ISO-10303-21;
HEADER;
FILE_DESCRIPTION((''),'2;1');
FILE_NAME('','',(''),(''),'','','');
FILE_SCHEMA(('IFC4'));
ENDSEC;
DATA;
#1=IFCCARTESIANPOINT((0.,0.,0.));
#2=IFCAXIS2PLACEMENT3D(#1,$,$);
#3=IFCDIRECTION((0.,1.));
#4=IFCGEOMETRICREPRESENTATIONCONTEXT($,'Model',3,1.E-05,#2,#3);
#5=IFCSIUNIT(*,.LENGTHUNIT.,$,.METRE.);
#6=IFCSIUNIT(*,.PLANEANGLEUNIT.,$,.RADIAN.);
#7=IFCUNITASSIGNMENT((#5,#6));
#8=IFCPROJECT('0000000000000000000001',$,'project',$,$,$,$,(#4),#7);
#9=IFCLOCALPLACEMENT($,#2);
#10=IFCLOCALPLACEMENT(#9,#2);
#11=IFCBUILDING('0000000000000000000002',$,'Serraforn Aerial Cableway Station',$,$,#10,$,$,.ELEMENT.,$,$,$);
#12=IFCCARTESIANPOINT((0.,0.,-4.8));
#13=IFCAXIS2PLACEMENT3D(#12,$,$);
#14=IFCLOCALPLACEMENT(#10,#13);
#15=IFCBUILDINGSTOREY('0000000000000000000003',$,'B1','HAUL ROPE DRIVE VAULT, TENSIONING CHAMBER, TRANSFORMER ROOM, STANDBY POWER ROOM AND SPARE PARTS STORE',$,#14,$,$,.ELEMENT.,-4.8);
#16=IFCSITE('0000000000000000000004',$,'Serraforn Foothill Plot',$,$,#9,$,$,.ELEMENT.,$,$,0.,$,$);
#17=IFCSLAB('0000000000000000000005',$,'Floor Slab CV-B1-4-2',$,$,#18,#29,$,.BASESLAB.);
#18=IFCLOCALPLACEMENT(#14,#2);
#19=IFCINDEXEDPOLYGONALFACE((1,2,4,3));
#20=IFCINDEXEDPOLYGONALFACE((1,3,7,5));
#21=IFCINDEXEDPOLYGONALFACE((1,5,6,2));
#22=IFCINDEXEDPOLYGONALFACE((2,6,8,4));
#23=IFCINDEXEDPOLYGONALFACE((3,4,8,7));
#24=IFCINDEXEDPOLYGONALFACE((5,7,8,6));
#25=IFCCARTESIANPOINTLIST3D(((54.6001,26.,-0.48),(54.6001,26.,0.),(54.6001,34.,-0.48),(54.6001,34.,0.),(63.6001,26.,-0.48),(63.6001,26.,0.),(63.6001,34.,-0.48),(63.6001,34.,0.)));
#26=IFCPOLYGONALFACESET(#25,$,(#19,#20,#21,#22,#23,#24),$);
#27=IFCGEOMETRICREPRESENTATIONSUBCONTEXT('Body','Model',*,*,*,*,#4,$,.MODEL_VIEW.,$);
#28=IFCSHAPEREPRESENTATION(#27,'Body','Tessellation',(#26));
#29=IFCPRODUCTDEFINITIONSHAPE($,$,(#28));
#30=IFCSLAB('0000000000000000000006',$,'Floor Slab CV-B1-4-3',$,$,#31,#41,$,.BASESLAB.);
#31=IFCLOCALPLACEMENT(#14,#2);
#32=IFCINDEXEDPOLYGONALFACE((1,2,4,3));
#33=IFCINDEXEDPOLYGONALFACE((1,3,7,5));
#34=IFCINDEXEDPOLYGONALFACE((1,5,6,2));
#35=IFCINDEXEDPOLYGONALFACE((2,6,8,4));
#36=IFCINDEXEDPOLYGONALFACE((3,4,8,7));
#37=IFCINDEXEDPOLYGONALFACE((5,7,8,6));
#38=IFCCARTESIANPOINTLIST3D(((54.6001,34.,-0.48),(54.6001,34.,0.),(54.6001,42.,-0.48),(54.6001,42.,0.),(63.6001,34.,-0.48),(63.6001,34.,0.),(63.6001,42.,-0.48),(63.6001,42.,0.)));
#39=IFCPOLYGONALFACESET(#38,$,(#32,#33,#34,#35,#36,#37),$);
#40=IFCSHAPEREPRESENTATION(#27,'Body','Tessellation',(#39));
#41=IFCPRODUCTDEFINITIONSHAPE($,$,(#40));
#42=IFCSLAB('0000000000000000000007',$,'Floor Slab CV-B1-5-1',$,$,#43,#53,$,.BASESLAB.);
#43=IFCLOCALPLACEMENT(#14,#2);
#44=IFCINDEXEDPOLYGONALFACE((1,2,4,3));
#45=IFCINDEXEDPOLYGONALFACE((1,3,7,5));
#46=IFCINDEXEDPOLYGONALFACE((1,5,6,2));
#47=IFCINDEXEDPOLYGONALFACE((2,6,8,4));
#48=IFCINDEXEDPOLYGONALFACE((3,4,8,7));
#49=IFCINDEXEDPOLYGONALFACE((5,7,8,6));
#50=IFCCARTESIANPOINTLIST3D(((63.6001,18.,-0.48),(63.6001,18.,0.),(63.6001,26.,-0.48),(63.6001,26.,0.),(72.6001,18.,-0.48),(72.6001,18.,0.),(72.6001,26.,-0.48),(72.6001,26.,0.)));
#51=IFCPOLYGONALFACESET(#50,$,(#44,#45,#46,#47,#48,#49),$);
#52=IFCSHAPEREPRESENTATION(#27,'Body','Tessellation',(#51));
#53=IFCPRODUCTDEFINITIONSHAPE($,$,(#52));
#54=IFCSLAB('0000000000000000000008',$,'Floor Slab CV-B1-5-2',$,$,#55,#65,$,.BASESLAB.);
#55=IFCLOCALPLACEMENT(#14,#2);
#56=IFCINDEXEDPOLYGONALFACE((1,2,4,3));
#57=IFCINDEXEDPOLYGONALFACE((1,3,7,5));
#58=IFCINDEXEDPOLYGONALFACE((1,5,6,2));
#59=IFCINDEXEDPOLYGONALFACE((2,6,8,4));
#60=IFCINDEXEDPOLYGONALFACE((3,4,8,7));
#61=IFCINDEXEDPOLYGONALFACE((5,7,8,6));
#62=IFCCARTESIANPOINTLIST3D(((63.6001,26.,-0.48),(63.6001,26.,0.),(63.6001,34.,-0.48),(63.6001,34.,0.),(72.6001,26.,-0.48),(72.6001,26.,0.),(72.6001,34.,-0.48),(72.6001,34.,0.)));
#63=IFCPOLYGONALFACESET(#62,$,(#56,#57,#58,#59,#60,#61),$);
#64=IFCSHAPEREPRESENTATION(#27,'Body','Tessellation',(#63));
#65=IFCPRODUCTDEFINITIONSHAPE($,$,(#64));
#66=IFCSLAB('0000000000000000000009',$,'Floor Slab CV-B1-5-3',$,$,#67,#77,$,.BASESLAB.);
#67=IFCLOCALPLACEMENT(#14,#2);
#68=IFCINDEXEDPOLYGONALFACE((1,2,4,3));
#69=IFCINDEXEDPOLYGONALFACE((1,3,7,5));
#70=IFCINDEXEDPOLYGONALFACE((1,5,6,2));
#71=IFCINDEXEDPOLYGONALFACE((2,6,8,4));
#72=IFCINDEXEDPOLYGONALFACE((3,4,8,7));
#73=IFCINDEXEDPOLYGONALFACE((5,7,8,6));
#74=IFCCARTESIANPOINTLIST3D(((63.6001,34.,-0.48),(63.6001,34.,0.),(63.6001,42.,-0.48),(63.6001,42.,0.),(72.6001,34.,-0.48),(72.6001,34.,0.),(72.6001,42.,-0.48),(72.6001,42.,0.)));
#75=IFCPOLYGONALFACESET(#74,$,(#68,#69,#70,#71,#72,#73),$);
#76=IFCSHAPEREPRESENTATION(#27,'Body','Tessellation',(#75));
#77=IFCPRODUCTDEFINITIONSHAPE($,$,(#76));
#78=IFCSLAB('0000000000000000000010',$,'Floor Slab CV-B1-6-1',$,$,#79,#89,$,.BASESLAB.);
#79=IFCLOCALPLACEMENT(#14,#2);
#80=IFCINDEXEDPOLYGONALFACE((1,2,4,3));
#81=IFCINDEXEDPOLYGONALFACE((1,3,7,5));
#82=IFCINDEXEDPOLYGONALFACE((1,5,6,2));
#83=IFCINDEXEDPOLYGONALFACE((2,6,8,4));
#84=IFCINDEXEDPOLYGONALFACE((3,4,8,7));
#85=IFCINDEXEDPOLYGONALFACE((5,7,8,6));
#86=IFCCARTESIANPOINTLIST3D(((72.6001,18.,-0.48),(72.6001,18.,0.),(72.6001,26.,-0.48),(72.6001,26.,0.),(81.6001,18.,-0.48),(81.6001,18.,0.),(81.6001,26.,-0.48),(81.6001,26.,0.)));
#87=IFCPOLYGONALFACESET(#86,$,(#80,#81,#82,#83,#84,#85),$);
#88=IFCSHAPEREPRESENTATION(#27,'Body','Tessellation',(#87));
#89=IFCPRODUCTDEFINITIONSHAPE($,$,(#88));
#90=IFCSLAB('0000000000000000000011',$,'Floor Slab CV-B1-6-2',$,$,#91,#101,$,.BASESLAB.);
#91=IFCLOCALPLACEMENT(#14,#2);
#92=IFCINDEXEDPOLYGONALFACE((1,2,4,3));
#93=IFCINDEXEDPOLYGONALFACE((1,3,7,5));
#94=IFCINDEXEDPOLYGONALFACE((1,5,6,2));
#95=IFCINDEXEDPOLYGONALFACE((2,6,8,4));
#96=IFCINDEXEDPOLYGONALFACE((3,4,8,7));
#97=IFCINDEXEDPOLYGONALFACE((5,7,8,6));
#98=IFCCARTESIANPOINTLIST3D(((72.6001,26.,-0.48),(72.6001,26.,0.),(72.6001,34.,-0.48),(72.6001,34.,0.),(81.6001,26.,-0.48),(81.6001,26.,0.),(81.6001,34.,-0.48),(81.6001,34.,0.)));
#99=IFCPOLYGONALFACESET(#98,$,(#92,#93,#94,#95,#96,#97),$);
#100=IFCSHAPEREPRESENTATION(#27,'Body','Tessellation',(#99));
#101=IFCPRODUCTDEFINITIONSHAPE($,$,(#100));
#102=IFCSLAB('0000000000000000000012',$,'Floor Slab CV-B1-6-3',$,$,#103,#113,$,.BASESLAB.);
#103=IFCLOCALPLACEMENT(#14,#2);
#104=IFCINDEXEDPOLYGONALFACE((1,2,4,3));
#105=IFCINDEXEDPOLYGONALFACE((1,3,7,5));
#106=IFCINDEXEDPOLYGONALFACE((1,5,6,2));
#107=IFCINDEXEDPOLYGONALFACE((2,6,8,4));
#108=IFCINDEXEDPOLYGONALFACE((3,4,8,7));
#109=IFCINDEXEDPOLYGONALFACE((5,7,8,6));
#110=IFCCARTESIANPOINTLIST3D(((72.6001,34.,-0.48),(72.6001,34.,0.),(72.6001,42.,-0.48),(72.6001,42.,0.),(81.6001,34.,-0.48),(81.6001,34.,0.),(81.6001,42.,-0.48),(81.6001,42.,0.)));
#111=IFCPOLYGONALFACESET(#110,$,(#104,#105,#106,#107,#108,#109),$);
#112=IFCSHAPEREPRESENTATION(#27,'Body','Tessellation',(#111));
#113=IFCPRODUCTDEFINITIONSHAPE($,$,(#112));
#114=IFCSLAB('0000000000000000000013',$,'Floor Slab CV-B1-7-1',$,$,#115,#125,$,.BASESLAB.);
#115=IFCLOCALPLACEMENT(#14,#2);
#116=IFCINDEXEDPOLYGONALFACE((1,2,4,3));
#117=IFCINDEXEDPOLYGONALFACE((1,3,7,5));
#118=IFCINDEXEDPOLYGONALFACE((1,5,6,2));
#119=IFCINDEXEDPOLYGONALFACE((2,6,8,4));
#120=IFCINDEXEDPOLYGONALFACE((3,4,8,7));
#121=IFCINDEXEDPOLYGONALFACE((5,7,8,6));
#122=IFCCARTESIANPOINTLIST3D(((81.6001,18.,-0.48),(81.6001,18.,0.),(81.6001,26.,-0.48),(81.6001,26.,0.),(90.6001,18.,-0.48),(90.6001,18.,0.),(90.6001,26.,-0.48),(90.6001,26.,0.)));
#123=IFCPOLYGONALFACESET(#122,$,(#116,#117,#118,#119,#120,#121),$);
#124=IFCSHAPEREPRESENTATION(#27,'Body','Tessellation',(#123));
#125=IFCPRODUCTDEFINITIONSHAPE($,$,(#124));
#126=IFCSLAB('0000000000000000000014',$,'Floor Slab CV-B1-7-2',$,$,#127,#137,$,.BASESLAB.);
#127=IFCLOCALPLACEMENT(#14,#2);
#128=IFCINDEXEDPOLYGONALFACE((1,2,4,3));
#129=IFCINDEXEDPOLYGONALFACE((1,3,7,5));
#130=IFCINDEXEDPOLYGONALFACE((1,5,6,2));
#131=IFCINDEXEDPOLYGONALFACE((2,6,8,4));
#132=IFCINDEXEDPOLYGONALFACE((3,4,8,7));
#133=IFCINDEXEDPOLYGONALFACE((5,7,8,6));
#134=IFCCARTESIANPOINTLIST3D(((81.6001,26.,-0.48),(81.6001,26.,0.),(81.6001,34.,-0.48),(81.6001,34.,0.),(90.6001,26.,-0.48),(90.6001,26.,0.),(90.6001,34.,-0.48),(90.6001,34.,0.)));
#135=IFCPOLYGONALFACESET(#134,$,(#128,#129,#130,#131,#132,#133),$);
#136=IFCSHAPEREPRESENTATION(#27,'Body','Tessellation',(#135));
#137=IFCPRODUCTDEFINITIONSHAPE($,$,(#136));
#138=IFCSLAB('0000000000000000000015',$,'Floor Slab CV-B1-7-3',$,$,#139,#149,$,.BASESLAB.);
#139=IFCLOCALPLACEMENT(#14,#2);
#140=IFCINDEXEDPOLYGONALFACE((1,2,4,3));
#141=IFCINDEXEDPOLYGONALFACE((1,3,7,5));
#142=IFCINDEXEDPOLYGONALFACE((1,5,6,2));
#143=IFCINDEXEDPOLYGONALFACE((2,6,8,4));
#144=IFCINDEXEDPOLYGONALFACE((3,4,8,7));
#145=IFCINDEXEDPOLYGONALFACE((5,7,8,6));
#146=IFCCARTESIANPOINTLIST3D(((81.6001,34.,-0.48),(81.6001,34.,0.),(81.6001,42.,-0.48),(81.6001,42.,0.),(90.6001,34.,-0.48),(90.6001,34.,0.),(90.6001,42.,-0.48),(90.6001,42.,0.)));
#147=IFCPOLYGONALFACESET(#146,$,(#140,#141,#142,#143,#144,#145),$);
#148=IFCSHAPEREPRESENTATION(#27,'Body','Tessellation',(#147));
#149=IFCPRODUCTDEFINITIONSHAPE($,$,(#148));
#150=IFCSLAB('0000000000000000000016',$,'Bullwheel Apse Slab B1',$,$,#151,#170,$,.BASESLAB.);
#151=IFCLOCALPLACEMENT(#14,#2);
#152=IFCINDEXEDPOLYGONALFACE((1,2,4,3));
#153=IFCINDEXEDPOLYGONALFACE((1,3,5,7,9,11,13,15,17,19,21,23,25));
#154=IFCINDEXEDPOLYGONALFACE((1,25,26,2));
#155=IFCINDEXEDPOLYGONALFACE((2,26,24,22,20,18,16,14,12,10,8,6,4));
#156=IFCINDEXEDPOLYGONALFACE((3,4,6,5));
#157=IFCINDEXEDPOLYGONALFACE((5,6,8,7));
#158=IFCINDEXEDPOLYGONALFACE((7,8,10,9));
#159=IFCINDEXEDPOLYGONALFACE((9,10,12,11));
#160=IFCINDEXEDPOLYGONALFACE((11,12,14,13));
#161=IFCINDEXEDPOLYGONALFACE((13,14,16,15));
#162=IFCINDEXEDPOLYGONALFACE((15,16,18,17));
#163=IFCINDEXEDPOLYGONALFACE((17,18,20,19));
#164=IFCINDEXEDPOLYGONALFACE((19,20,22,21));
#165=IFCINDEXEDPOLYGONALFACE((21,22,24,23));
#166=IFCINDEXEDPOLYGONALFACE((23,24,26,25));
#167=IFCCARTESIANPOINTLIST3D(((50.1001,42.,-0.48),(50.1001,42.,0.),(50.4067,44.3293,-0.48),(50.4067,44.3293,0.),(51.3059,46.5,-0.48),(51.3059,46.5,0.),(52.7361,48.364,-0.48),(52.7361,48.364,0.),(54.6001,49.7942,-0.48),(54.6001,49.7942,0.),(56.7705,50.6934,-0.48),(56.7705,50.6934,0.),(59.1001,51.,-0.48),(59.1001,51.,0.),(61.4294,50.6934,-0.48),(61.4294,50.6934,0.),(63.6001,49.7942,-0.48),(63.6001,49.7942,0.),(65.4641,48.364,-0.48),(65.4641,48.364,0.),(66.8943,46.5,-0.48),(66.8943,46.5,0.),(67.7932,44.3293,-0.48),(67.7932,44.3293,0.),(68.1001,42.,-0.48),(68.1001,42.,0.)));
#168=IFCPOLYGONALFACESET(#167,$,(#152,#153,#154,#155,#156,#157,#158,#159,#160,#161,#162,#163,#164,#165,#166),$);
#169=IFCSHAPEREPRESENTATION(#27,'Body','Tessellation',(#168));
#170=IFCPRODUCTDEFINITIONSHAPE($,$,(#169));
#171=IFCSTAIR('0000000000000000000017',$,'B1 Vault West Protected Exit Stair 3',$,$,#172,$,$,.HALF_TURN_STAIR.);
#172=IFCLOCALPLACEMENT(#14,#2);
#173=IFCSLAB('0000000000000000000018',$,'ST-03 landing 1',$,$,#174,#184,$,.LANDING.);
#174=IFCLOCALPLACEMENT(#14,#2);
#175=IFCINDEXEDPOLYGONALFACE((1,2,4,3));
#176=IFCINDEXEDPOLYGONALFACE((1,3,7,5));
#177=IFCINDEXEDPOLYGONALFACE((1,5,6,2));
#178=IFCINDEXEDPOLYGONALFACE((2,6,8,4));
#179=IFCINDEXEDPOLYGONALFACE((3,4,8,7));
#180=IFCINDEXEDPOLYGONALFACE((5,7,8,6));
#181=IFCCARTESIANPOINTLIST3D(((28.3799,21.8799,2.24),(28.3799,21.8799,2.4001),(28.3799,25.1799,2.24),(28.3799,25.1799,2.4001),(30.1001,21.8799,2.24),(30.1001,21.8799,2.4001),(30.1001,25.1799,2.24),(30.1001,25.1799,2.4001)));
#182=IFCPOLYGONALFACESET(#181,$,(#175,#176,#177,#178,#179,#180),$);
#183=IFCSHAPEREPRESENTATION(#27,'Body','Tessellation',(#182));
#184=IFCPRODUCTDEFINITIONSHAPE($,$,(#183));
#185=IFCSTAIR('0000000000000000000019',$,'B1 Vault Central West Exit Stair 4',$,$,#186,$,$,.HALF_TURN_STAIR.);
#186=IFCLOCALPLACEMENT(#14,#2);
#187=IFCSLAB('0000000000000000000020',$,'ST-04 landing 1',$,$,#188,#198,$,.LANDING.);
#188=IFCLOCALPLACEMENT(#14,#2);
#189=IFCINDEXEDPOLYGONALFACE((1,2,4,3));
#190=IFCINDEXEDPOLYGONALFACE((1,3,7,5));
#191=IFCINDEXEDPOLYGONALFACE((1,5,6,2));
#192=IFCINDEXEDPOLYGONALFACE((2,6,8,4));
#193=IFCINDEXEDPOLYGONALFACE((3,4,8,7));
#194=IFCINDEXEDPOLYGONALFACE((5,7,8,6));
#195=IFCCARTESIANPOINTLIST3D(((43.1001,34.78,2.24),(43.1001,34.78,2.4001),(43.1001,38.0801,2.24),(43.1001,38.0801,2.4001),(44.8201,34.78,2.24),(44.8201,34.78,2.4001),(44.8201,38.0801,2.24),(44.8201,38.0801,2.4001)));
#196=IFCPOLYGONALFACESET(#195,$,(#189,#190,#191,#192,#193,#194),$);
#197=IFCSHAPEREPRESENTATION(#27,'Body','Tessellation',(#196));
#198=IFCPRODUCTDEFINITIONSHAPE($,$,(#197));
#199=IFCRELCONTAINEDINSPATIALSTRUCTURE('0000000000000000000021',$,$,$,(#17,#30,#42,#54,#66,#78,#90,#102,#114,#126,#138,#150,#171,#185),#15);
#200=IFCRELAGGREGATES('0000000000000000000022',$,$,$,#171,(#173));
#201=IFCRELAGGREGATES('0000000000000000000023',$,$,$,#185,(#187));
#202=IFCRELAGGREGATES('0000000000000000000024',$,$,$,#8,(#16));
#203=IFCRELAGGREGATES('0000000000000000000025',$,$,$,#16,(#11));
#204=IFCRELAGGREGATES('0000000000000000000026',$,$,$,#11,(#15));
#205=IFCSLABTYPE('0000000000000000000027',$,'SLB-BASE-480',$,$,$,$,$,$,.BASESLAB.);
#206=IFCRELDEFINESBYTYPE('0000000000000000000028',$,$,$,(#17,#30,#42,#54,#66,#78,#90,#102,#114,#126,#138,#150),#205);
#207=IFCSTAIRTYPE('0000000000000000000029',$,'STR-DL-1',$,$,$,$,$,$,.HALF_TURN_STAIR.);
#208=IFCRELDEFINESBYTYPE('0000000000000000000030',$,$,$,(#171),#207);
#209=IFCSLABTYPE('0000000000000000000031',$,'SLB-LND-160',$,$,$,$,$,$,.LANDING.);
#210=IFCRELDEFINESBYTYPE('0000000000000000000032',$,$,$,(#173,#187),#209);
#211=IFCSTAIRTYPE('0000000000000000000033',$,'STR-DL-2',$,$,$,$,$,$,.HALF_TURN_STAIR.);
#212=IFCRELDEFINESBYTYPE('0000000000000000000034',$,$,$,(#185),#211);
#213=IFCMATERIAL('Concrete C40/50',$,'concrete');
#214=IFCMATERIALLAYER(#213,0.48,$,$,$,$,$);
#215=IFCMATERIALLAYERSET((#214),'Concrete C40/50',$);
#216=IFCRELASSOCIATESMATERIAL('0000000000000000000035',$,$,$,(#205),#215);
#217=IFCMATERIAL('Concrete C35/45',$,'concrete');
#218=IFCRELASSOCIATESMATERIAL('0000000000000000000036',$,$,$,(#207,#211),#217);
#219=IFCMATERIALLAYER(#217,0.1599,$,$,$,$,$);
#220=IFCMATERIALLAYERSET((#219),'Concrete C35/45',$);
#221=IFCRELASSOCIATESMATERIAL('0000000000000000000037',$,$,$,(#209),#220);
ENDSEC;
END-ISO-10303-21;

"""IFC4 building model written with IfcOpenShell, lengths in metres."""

from ifc_helpers import new_model, si_unit, direction, frame, origin, place, context, subcontext, project, spatial, polyline, outline, extrude, material, layer, layer_set, type_object, element, aggregate, save


model = new_model("IFC4")

# Units and contexts
model_context = context("Model", 3, precision=1e-05, world=origin(), true_north=direction((0.0, 1.0)))
body_context = subcontext(model_context, "Body", "Model", "MODEL_VIEW")
ifc_project = project(units=[si_unit("LENGTHUNIT", "METRE"), si_unit("PLANEANGLEUNIT", "RADIAN")], contexts=[model_context])

# Site, building, storey
site_placement = place(None, origin())
site = spatial("IfcSite", under=ifc_project, at=site_placement, Name="Serraforn Foothill Plot", CompositionType="ELEMENT", RefElevation=0.0)
building_placement = place(site_placement, origin())
building = spatial("IfcBuilding", under=site, at=building_placement, Name="Serraforn Aerial Cableway Station", CompositionType="ELEMENT")
storey_placement = place(building_placement, frame((0.0, 0.0, -4.8)))
storey = spatial("IfcBuildingStorey", under=building, at=storey_placement, Name="B1", Description="HAUL ROPE DRIVE VAULT, TENSIONING CHAMBER, TRANSFORMER ROOM, STANDBY POWER ROOM AND SPARE PARTS STORE", CompositionType="ELEMENT", Elevation=-4.8)

# Slabs
ifc_material_1 = material(Name="Concrete C40/50", Category="concrete")
ifc_layer_1 = layer(ifc_material_1, 0.48)
ifc_layer_set_1 = layer_set([ifc_layer_1], Name="Concrete C40/50")
slab_type_1 = type_object("IfcSlabType", Name="SLB-BASE-480", PredefinedType="BASESLAB", material=ifc_layer_set_1)
slab_1_placement = place(storey_placement, frame((0.0, 0.0, -0.48)))
element("IfcSlab", 1, at=slab_1_placement, inside=storey, type_object=slab_type_1, Name="Floor Slab CV-B1-4-2", PredefinedType="BASESLAB", context=body_context, shape_type="SweptSolid", body=[
    extrude(outline(polyline([(54.6001, 26.0), (63.6001, 26.0), (63.6001, 34.0), (54.6001, 34.0), (54.6001, 26.0)])), origin(), (0.0, 0.0, 1.0), 0.48),
])
slab_2_placement = place(storey_placement, frame((0.0, 0.0, -0.48)))
element("IfcSlab", 2, at=slab_2_placement, inside=storey, type_object=slab_type_1, Name="Floor Slab CV-B1-4-3", PredefinedType="BASESLAB", context=body_context, shape_type="SweptSolid", body=[
    extrude(outline(polyline([(54.6001, 34.0), (63.6001, 34.0), (63.6001, 42.0), (54.6001, 42.0), (54.6001, 34.0)])), origin(), (0.0, 0.0, 1.0), 0.48),
])
slab_3_placement = place(storey_placement, frame((0.0, 0.0, -0.48)))
element("IfcSlab", 3, at=slab_3_placement, inside=storey, type_object=slab_type_1, Name="Floor Slab CV-B1-5-1", PredefinedType="BASESLAB", context=body_context, shape_type="SweptSolid", body=[
    extrude(outline(polyline([(63.6001, 18.0), (72.6001, 18.0), (72.6001, 26.0), (63.6001, 26.0), (63.6001, 18.0)])), origin(), (0.0, 0.0, 1.0), 0.48),
])
slab_4_placement = place(storey_placement, frame((0.0, 0.0, -0.48)))
element("IfcSlab", 4, at=slab_4_placement, inside=storey, type_object=slab_type_1, Name="Floor Slab CV-B1-5-2", PredefinedType="BASESLAB", context=body_context, shape_type="SweptSolid", body=[
    extrude(outline(polyline([(63.6001, 26.0), (72.6001, 26.0), (72.6001, 34.0), (63.6001, 34.0), (63.6001, 26.0)])), origin(), (0.0, 0.0, 1.0), 0.48),
])
slab_5_placement = place(storey_placement, frame((0.0, 0.0, -0.48)))
element("IfcSlab", 5, at=slab_5_placement, inside=storey, type_object=slab_type_1, Name="Floor Slab CV-B1-5-3", PredefinedType="BASESLAB", context=body_context, shape_type="SweptSolid", body=[
    extrude(outline(polyline([(63.6001, 34.0), (72.6001, 34.0), (72.6001, 42.0), (63.6001, 42.0), (63.6001, 34.0)])), origin(), (0.0, 0.0, 1.0), 0.48),
])
slab_6_placement = place(storey_placement, frame((0.0, 0.0, -0.48)))
element("IfcSlab", 6, at=slab_6_placement, inside=storey, type_object=slab_type_1, Name="Floor Slab CV-B1-6-1", PredefinedType="BASESLAB", context=body_context, shape_type="SweptSolid", body=[
    extrude(outline(polyline([(72.6001, 18.0), (81.6001, 18.0), (81.6001, 26.0), (72.6001, 26.0), (72.6001, 18.0)])), origin(), (0.0, 0.0, 1.0), 0.48),
])
slab_7_placement = place(storey_placement, frame((0.0, 0.0, -0.48)))
element("IfcSlab", 7, at=slab_7_placement, inside=storey, type_object=slab_type_1, Name="Floor Slab CV-B1-6-2", PredefinedType="BASESLAB", context=body_context, shape_type="SweptSolid", body=[
    extrude(outline(polyline([(72.6001, 26.0), (81.6001, 26.0), (81.6001, 34.0), (72.6001, 34.0), (72.6001, 26.0)])), origin(), (0.0, 0.0, 1.0), 0.48),
])
slab_8_placement = place(storey_placement, frame((0.0, 0.0, -0.48)))
element("IfcSlab", 8, at=slab_8_placement, inside=storey, type_object=slab_type_1, Name="Floor Slab CV-B1-6-3", PredefinedType="BASESLAB", context=body_context, shape_type="SweptSolid", body=[
    extrude(outline(polyline([(72.6001, 34.0), (81.6001, 34.0), (81.6001, 42.0), (72.6001, 42.0), (72.6001, 34.0)])), origin(), (0.0, 0.0, 1.0), 0.48),
])
slab_9_placement = place(storey_placement, frame((0.0, 0.0, -0.48)))
element("IfcSlab", 9, at=slab_9_placement, inside=storey, type_object=slab_type_1, Name="Floor Slab CV-B1-7-1", PredefinedType="BASESLAB", context=body_context, shape_type="SweptSolid", body=[
    extrude(outline(polyline([(81.6001, 18.0), (90.6001, 18.0), (90.6001, 26.0), (81.6001, 26.0), (81.6001, 18.0)])), origin(), (0.0, 0.0, 1.0), 0.48),
])
slab_10_placement = place(storey_placement, frame((0.0, 0.0, -0.48)))
element("IfcSlab", 10, at=slab_10_placement, inside=storey, type_object=slab_type_1, Name="Floor Slab CV-B1-7-2", PredefinedType="BASESLAB", context=body_context, shape_type="SweptSolid", body=[
    extrude(outline(polyline([(81.6001, 26.0), (90.6001, 26.0), (90.6001, 34.0), (81.6001, 34.0), (81.6001, 26.0)])), origin(), (0.0, 0.0, 1.0), 0.48),
])
slab_11_placement = place(storey_placement, frame((0.0, 0.0, -0.48)))
element("IfcSlab", 11, at=slab_11_placement, inside=storey, type_object=slab_type_1, Name="Floor Slab CV-B1-7-3", PredefinedType="BASESLAB", context=body_context, shape_type="SweptSolid", body=[
    extrude(outline(polyline([(81.6001, 34.0), (90.6001, 34.0), (90.6001, 42.0), (81.6001, 42.0), (81.6001, 34.0)])), origin(), (0.0, 0.0, 1.0), 0.48),
])
slab_12_placement = place(storey_placement, frame((0.0, 0.0, -0.48)))
element("IfcSlab", 12, at=slab_12_placement, inside=storey, type_object=slab_type_1, Name="Bullwheel Apse Slab B1", PredefinedType="BASESLAB", context=body_context, shape_type="SweptSolid", body=[
    extrude(outline(polyline([(50.1001, 42.0), (50.1001, 42.0), (50.4067, 44.3293), (51.3059, 46.5), (52.7361, 48.364), (54.6001, 49.7942), (56.7705, 50.6934), (59.1001, 51.0), (61.4294, 50.6934), (63.6001, 49.7942), (65.4641, 48.364), (66.8943, 46.5), (67.7932, 44.3293), (68.1001, 42.0), (68.1001, 42.0), (50.1001, 42.0)])), origin(), (0.0, 0.0, 1.0), 0.48),
])

# Stairs, slabs
ifc_material_2 = material(Name="Concrete C35/45", Category="concrete")
stair_type_1 = type_object("IfcStairType", Name="STR-DL-1", PredefinedType="HALF_TURN_STAIR", material=ifc_material_2)
stair_1_placement = place(storey_placement, origin())
stair_1 = element("IfcStair", 13, at=stair_1_placement, inside=storey, type_object=stair_type_1, Name="B1 Vault West Protected Exit Stair 3", PredefinedType="HALF_TURN_STAIR")
ifc_layer_2 = layer(ifc_material_2, 0.1599)
ifc_layer_set_2 = layer_set([ifc_layer_2], Name="Concrete C35/45")
slab_type_2 = type_object("IfcSlabType", Name="SLB-LND-160", PredefinedType="LANDING", material=ifc_layer_set_2)
slab_13_placement = place(storey_placement, frame((0.0, 0.0, 2.24)))
slab_13 = element("IfcSlab", 14, at=slab_13_placement, type_object=slab_type_2, Name="ST-03 landing 1", PredefinedType="LANDING", context=body_context, shape_type="SweptSolid", body=[
    extrude(outline(polyline([(30.1001, 25.1799), (28.3799, 25.1799), (28.3799, 21.8799), (30.1001, 21.8799), (30.1001, 25.1799)])), origin(), (0.0, 0.0, 1.0), 0.1602),
])
aggregate(stair_1, [slab_13])
stair_type_2 = type_object("IfcStairType", Name="STR-DL-2", PredefinedType="HALF_TURN_STAIR", material=ifc_material_2)
stair_2_placement = place(storey_placement, origin())
stair_2 = element("IfcStair", 15, at=stair_2_placement, inside=storey, type_object=stair_type_2, Name="B1 Vault Central West Exit Stair 4", PredefinedType="HALF_TURN_STAIR")
slab_14_placement = place(storey_placement, frame((0.0, 0.0, 2.24)))
slab_14 = element("IfcSlab", 16, at=slab_14_placement, type_object=slab_type_2, Name="ST-04 landing 1", PredefinedType="LANDING", context=body_context, shape_type="SweptSolid", body=[
    extrude(outline(polyline([(43.1001, 34.78), (44.8201, 34.78), (44.8201, 38.0801), (43.1001, 38.0801), (43.1001, 34.78)])), origin(), (0.0, 0.0, 1.0), 0.1602),
])
aggregate(stair_2, [slab_14])

save(model, "model.ifc")
